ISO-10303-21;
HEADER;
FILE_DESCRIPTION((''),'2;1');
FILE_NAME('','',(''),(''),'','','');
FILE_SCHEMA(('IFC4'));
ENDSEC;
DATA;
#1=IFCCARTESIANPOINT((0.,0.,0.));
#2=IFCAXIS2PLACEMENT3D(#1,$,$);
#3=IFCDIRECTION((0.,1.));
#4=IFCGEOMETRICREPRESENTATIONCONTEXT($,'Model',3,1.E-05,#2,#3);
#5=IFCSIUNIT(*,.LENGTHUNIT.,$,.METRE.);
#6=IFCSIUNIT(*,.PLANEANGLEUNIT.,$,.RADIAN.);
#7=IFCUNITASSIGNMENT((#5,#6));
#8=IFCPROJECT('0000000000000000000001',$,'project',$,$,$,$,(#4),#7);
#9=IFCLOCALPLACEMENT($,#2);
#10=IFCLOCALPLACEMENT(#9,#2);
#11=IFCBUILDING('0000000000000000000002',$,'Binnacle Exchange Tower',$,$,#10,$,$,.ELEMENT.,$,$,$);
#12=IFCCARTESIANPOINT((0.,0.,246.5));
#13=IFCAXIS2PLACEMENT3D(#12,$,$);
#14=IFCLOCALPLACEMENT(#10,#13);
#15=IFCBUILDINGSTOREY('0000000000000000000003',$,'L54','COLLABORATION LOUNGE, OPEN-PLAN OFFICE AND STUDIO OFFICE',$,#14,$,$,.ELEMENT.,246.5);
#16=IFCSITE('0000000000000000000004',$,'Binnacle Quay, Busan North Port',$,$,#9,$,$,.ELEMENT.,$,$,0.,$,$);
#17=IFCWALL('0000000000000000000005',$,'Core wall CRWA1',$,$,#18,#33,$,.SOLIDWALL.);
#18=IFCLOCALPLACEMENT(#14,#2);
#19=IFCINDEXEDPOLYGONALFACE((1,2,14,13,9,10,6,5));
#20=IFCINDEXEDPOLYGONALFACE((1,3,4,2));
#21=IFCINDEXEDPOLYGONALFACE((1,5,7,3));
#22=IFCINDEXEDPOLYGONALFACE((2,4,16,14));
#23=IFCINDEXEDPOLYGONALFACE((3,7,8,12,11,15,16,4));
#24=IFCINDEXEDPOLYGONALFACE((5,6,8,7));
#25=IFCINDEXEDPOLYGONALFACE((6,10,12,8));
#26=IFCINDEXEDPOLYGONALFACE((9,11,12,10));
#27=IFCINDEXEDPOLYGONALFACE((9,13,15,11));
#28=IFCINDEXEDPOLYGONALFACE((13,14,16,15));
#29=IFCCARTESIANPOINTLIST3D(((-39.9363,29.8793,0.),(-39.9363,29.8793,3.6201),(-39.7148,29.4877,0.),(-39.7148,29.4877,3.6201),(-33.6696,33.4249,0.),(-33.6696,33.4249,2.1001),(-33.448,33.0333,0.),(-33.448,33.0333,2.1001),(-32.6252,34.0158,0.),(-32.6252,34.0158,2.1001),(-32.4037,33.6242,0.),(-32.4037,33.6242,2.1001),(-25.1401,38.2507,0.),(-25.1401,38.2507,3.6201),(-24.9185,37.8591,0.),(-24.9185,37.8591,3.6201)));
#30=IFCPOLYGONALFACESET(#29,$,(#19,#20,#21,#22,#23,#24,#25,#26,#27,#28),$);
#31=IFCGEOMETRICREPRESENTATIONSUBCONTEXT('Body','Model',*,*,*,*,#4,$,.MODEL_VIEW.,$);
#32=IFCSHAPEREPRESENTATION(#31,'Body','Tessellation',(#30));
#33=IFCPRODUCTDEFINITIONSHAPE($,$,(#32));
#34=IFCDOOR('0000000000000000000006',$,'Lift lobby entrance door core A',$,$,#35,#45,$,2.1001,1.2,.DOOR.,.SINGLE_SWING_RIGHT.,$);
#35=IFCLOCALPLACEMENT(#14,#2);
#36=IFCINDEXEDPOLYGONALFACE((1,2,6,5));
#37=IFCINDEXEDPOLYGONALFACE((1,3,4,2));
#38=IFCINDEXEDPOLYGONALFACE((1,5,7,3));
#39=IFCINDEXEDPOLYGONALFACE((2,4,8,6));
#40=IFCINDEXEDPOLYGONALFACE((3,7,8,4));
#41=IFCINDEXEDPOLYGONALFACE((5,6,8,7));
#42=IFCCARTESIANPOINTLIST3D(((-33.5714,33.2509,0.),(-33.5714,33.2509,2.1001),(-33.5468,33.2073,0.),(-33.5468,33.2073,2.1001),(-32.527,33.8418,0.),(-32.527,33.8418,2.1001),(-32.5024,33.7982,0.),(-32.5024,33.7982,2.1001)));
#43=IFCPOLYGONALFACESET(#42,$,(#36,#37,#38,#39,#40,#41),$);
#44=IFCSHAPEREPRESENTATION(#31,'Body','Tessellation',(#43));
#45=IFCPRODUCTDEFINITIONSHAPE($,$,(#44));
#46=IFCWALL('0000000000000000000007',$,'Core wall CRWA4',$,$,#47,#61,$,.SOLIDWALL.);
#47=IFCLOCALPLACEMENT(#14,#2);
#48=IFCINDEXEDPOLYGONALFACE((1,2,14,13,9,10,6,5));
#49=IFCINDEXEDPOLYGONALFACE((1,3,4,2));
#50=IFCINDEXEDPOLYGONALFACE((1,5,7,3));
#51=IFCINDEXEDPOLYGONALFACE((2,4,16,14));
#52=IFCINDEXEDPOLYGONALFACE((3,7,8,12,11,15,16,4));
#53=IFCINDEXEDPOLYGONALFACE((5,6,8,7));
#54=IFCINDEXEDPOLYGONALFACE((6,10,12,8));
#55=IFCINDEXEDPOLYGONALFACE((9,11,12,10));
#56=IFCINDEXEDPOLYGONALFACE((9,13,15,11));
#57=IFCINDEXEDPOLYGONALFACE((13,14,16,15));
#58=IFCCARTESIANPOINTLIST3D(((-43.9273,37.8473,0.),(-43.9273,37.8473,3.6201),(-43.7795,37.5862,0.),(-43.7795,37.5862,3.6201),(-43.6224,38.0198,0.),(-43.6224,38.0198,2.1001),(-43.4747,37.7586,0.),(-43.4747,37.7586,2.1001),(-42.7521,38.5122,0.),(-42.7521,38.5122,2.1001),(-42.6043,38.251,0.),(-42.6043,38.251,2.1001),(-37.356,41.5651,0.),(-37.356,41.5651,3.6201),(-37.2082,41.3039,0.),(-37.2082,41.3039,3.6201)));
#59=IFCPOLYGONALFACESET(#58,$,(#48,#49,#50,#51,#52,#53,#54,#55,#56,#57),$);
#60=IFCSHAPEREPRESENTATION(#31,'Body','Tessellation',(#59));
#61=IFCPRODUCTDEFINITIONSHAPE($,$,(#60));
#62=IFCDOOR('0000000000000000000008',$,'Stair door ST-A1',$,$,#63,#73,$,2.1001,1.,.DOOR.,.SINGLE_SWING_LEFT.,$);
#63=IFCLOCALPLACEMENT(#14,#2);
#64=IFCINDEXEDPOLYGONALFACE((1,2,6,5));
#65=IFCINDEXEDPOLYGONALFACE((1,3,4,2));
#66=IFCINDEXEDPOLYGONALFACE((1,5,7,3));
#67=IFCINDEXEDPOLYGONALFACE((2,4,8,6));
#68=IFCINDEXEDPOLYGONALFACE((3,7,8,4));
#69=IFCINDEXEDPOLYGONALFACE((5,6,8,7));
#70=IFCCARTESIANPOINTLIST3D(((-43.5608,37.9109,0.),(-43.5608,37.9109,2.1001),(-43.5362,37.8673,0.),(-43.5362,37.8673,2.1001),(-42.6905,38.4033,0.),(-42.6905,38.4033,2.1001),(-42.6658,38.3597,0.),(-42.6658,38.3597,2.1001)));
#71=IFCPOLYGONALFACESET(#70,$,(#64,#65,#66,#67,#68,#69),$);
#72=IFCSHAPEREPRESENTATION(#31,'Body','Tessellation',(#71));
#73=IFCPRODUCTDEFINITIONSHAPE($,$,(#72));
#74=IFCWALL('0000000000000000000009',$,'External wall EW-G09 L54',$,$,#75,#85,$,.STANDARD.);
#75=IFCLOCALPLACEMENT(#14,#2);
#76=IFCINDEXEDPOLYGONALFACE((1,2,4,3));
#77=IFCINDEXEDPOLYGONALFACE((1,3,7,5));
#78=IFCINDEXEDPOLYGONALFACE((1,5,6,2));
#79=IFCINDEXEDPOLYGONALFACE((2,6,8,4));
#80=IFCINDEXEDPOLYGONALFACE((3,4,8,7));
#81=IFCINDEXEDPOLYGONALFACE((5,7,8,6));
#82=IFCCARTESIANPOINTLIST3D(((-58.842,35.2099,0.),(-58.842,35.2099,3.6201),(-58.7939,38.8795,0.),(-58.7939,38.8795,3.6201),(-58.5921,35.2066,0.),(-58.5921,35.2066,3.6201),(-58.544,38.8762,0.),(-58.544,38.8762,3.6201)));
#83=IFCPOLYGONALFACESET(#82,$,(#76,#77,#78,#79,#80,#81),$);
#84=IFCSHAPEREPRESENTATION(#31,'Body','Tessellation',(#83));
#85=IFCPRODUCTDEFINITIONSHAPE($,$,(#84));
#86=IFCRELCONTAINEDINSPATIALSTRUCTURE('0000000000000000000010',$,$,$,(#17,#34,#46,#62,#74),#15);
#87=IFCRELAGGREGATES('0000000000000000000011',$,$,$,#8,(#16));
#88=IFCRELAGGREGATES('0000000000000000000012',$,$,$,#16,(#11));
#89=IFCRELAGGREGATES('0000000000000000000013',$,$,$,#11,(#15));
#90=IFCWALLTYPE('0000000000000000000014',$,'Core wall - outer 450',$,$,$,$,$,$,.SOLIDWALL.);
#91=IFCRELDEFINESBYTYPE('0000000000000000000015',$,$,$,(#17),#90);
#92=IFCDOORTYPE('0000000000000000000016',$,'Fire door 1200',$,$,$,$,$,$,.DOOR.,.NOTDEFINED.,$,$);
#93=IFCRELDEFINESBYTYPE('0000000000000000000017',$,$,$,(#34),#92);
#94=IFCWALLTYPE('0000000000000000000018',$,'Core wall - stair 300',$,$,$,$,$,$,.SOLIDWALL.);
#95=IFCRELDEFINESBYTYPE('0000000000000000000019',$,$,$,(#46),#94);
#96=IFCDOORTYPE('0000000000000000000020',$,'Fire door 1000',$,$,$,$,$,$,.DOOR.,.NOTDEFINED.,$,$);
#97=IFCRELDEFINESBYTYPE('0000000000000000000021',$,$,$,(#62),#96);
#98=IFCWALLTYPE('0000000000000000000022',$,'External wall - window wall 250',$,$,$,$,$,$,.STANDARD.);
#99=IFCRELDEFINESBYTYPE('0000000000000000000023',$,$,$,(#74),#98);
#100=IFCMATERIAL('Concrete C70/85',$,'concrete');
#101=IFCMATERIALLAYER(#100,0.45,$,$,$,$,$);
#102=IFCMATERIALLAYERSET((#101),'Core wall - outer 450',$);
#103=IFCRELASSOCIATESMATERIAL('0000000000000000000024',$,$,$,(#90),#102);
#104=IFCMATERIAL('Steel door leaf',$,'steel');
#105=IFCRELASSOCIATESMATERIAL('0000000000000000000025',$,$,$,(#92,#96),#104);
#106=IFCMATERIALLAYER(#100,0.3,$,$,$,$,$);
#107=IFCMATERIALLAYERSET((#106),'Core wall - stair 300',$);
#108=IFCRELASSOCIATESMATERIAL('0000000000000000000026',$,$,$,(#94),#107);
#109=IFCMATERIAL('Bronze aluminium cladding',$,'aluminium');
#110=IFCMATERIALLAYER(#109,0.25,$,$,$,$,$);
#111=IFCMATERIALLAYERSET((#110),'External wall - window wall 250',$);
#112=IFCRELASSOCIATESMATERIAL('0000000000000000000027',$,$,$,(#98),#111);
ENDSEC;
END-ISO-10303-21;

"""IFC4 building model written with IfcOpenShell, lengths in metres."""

from ifc_helpers import new_model, si_unit, direction, frame, frame_2d, origin, place, context, subcontext, project, spatial, rectangle, extrude, material, layer, layer_set, type_object, element, fill, save


model = new_model("IFC4")

# Units and contexts
model_context = context("Model", 3, precision=1e-05, world=origin(), true_north=direction((0.0, 1.0)))
body_context = subcontext(model_context, "Body", "Model", "MODEL_VIEW")
ifc_project = project(units=[si_unit("LENGTHUNIT", "METRE"), si_unit("PLANEANGLEUNIT", "RADIAN")], contexts=[model_context])

# Site, building, storey
site_placement = place(None, origin())
site = spatial("IfcSite", under=ifc_project, at=site_placement, Name="Binnacle Quay, Busan North Port", CompositionType="ELEMENT", RefElevation=0.0)
building_placement = place(site_placement, origin())
building = spatial("IfcBuilding", under=site, at=building_placement, Name="Binnacle Exchange Tower", CompositionType="ELEMENT")
storey_placement = place(building_placement, frame((0.0, 0.0, 246.5)))
storey = spatial("IfcBuildingStorey", under=building, at=storey_placement, Name="L54", Description="COLLABORATION LOUNGE, OPEN-PLAN OFFICE AND STUDIO OFFICE", CompositionType="ELEMENT", Elevation=246.5)

# Shared definitions
ifc_material_1 = material(Name="Concrete C70/85", Category="concrete")
ifc_material_2 = material(Name="Steel door leaf", Category="steel")

# Walls, openings, doors
ifc_layer_1 = layer(ifc_material_1, 0.45)
ifc_layer_set_1 = layer_set([ifc_layer_1], Name="Core wall - outer 450")
wall_type_1 = type_object("IfcWallType", Name="Core wall - outer 450", PredefinedType="SOLIDWALL", material=ifc_layer_set_1)
wall_1_placement = place(storey_placement, frame((-39.8254, 29.6836, 0.0), z_axis=(0.0, 0.0, 1.0), x_axis=(0.870354, 0.492427, 0.0)))
wall_1 = element("IfcWall", 1, at=wall_1_placement, inside=storey, type_object=wall_type_1, Name="Core wall CRWA1", PredefinedType="SOLIDWALL", context=body_context, shape_type="SweptSolid", body=[
    extrude(rectangle(XDim=17.0002, YDim=0.45, at=frame_2d((8.5, 0.0))), origin(), (0.0, 0.0, 1.0), 3.6201),
])
opening_1_placement = place(wall_1_placement, frame((7.2, 0.0, 0.0)))
opening_1 = element("IfcOpeningElement", 2, at=opening_1_placement, cuts=wall_1, PredefinedType="OPENING", context=body_context, shape_type="SweptSolid", body=[
    extrude(rectangle(XDim=1.2, YDim=2.1001, at=frame_2d((0.6001, 1.05))), frame((0.0, 0.2349, 0.0), z_axis=(0.0, -1.0, 0.0), x_axis=(1.0, 0.0, 0.0)), (0.0, 0.0, 1.0), 0.47),
])
door_type_1 = type_object("IfcDoorType", Name="Fire door 1200", OperationType="NOTDEFINED", PredefinedType="DOOR", material=ifc_material_2)
door_1_placement = place(opening_1_placement, frame((1.2, 0.0, 0.0), z_axis=(0.0, 0.0, 1.0), x_axis=(-1.0, 0.0, 0.0)))
door_1 = element("IfcDoor", 3, at=door_1_placement, inside=storey, type_object=door_type_1, Name="Lift lobby entrance door core A", OperationType="SINGLE_SWING_RIGHT", OverallHeight=2.1001, OverallWidth=1.2, PredefinedType="DOOR", context=body_context, shape_type="SweptSolid", body=[
    extrude(rectangle(XDim=1.2, YDim=2.1001, at=frame_2d((0.6001, 1.05))), frame((0.0, 0.0249, 0.0), z_axis=(0.0, -1.0, 0.0), x_axis=(1.0, 0.0, 0.0)), (0.0, 0.0, 1.0), 0.05),
])
fill(opening_1, door_1)
ifc_layer_2 = layer(ifc_material_1, 0.3)
ifc_layer_set_2 = layer_set([ifc_layer_2], Name="Core wall - stair 300")
wall_type_2 = type_object("IfcWallType", Name="Core wall - stair 300", PredefinedType="SOLIDWALL", material=ifc_layer_set_2)
wall_2_placement = place(storey_placement, frame((-43.8533, 37.7168, 0.0), z_axis=(0.0, 0.0, 1.0), x_axis=(0.87036, 0.492415, 0.0)))
wall_2 = element("IfcWall", 4, at=wall_2_placement, inside=storey, type_object=wall_type_2, Name="Core wall CRWA4", PredefinedType="SOLIDWALL", context=body_context, shape_type="SweptSolid", body=[
    extrude(rectangle(XDim=7.55, YDim=0.3, at=frame_2d((3.7749, 0.0))), origin(), (0.0, 0.0, 1.0), 3.6201),
])
opening_2_placement = place(wall_2_placement, frame((0.3501, 0.0, 0.0)))
opening_2 = element("IfcOpeningElement", 5, at=opening_2_placement, cuts=wall_2, PredefinedType="OPENING", context=body_context, shape_type="SweptSolid", body=[
    extrude(rectangle(XDim=1.0, YDim=2.1001, at=frame_2d((0.5, 1.05))), frame((0.0, 0.1599, 0.0), z_axis=(0.0, -1.0, 0.0), x_axis=(1.0, 0.0, 0.0)), (0.0, 0.0, 1.0), 0.3201),
])
door_type_2 = type_object("IfcDoorType", Name="Fire door 1000", OperationType="NOTDEFINED", PredefinedType="DOOR", material=ifc_material_2)
door_2_placement = place(opening_2_placement, origin())
door_2 = element("IfcDoor", 6, at=door_2_placement, inside=storey, type_object=door_type_2, Name="Stair door ST-A1", OperationType="SINGLE_SWING_LEFT", OverallHeight=2.1001, OverallWidth=1.0, PredefinedType="DOOR", context=body_context, shape_type="SweptSolid", body=[
    extrude(rectangle(XDim=1.0, YDim=2.1001, at=frame_2d((0.5, 1.05))), frame((0.0, 0.0249, 0.0), z_axis=(0.0, -1.0, 0.0), x_axis=(1.0, 0.0, 0.0)), (0.0, 0.0, 1.0), 0.05),
])
fill(opening_2, door_2)

# Wall
ifc_material_3 = material(Name="Bronze aluminium cladding", Category="aluminium")
ifc_layer_3 = layer(ifc_material_3, 0.25)
ifc_layer_set_3 = layer_set([ifc_layer_3], Name="External wall - window wall 250")
wall_type_3 = type_object("IfcWallType", Name="External wall - window wall 250", PredefinedType="STANDARD", material=ifc_layer_set_3)
wall_3_placement = place(storey_placement, frame((-58.717, 35.2083, 0.0), z_axis=(0.0, 0.0, 1.0), x_axis=(0.013105, 0.999914, 0.0)))
element("IfcWall", 7, at=wall_3_placement, inside=storey, type_object=wall_type_3, Name="External wall EW-G09 L54", PredefinedType="STANDARD", context=body_context, shape_type="SweptSolid", body=[
    extrude(rectangle(XDim=3.6699, YDim=0.25, at=frame_2d((1.835, 0.0))), origin(), (0.0, 0.0, 1.0), 3.6201),
])

save(model, "model.ifc")
